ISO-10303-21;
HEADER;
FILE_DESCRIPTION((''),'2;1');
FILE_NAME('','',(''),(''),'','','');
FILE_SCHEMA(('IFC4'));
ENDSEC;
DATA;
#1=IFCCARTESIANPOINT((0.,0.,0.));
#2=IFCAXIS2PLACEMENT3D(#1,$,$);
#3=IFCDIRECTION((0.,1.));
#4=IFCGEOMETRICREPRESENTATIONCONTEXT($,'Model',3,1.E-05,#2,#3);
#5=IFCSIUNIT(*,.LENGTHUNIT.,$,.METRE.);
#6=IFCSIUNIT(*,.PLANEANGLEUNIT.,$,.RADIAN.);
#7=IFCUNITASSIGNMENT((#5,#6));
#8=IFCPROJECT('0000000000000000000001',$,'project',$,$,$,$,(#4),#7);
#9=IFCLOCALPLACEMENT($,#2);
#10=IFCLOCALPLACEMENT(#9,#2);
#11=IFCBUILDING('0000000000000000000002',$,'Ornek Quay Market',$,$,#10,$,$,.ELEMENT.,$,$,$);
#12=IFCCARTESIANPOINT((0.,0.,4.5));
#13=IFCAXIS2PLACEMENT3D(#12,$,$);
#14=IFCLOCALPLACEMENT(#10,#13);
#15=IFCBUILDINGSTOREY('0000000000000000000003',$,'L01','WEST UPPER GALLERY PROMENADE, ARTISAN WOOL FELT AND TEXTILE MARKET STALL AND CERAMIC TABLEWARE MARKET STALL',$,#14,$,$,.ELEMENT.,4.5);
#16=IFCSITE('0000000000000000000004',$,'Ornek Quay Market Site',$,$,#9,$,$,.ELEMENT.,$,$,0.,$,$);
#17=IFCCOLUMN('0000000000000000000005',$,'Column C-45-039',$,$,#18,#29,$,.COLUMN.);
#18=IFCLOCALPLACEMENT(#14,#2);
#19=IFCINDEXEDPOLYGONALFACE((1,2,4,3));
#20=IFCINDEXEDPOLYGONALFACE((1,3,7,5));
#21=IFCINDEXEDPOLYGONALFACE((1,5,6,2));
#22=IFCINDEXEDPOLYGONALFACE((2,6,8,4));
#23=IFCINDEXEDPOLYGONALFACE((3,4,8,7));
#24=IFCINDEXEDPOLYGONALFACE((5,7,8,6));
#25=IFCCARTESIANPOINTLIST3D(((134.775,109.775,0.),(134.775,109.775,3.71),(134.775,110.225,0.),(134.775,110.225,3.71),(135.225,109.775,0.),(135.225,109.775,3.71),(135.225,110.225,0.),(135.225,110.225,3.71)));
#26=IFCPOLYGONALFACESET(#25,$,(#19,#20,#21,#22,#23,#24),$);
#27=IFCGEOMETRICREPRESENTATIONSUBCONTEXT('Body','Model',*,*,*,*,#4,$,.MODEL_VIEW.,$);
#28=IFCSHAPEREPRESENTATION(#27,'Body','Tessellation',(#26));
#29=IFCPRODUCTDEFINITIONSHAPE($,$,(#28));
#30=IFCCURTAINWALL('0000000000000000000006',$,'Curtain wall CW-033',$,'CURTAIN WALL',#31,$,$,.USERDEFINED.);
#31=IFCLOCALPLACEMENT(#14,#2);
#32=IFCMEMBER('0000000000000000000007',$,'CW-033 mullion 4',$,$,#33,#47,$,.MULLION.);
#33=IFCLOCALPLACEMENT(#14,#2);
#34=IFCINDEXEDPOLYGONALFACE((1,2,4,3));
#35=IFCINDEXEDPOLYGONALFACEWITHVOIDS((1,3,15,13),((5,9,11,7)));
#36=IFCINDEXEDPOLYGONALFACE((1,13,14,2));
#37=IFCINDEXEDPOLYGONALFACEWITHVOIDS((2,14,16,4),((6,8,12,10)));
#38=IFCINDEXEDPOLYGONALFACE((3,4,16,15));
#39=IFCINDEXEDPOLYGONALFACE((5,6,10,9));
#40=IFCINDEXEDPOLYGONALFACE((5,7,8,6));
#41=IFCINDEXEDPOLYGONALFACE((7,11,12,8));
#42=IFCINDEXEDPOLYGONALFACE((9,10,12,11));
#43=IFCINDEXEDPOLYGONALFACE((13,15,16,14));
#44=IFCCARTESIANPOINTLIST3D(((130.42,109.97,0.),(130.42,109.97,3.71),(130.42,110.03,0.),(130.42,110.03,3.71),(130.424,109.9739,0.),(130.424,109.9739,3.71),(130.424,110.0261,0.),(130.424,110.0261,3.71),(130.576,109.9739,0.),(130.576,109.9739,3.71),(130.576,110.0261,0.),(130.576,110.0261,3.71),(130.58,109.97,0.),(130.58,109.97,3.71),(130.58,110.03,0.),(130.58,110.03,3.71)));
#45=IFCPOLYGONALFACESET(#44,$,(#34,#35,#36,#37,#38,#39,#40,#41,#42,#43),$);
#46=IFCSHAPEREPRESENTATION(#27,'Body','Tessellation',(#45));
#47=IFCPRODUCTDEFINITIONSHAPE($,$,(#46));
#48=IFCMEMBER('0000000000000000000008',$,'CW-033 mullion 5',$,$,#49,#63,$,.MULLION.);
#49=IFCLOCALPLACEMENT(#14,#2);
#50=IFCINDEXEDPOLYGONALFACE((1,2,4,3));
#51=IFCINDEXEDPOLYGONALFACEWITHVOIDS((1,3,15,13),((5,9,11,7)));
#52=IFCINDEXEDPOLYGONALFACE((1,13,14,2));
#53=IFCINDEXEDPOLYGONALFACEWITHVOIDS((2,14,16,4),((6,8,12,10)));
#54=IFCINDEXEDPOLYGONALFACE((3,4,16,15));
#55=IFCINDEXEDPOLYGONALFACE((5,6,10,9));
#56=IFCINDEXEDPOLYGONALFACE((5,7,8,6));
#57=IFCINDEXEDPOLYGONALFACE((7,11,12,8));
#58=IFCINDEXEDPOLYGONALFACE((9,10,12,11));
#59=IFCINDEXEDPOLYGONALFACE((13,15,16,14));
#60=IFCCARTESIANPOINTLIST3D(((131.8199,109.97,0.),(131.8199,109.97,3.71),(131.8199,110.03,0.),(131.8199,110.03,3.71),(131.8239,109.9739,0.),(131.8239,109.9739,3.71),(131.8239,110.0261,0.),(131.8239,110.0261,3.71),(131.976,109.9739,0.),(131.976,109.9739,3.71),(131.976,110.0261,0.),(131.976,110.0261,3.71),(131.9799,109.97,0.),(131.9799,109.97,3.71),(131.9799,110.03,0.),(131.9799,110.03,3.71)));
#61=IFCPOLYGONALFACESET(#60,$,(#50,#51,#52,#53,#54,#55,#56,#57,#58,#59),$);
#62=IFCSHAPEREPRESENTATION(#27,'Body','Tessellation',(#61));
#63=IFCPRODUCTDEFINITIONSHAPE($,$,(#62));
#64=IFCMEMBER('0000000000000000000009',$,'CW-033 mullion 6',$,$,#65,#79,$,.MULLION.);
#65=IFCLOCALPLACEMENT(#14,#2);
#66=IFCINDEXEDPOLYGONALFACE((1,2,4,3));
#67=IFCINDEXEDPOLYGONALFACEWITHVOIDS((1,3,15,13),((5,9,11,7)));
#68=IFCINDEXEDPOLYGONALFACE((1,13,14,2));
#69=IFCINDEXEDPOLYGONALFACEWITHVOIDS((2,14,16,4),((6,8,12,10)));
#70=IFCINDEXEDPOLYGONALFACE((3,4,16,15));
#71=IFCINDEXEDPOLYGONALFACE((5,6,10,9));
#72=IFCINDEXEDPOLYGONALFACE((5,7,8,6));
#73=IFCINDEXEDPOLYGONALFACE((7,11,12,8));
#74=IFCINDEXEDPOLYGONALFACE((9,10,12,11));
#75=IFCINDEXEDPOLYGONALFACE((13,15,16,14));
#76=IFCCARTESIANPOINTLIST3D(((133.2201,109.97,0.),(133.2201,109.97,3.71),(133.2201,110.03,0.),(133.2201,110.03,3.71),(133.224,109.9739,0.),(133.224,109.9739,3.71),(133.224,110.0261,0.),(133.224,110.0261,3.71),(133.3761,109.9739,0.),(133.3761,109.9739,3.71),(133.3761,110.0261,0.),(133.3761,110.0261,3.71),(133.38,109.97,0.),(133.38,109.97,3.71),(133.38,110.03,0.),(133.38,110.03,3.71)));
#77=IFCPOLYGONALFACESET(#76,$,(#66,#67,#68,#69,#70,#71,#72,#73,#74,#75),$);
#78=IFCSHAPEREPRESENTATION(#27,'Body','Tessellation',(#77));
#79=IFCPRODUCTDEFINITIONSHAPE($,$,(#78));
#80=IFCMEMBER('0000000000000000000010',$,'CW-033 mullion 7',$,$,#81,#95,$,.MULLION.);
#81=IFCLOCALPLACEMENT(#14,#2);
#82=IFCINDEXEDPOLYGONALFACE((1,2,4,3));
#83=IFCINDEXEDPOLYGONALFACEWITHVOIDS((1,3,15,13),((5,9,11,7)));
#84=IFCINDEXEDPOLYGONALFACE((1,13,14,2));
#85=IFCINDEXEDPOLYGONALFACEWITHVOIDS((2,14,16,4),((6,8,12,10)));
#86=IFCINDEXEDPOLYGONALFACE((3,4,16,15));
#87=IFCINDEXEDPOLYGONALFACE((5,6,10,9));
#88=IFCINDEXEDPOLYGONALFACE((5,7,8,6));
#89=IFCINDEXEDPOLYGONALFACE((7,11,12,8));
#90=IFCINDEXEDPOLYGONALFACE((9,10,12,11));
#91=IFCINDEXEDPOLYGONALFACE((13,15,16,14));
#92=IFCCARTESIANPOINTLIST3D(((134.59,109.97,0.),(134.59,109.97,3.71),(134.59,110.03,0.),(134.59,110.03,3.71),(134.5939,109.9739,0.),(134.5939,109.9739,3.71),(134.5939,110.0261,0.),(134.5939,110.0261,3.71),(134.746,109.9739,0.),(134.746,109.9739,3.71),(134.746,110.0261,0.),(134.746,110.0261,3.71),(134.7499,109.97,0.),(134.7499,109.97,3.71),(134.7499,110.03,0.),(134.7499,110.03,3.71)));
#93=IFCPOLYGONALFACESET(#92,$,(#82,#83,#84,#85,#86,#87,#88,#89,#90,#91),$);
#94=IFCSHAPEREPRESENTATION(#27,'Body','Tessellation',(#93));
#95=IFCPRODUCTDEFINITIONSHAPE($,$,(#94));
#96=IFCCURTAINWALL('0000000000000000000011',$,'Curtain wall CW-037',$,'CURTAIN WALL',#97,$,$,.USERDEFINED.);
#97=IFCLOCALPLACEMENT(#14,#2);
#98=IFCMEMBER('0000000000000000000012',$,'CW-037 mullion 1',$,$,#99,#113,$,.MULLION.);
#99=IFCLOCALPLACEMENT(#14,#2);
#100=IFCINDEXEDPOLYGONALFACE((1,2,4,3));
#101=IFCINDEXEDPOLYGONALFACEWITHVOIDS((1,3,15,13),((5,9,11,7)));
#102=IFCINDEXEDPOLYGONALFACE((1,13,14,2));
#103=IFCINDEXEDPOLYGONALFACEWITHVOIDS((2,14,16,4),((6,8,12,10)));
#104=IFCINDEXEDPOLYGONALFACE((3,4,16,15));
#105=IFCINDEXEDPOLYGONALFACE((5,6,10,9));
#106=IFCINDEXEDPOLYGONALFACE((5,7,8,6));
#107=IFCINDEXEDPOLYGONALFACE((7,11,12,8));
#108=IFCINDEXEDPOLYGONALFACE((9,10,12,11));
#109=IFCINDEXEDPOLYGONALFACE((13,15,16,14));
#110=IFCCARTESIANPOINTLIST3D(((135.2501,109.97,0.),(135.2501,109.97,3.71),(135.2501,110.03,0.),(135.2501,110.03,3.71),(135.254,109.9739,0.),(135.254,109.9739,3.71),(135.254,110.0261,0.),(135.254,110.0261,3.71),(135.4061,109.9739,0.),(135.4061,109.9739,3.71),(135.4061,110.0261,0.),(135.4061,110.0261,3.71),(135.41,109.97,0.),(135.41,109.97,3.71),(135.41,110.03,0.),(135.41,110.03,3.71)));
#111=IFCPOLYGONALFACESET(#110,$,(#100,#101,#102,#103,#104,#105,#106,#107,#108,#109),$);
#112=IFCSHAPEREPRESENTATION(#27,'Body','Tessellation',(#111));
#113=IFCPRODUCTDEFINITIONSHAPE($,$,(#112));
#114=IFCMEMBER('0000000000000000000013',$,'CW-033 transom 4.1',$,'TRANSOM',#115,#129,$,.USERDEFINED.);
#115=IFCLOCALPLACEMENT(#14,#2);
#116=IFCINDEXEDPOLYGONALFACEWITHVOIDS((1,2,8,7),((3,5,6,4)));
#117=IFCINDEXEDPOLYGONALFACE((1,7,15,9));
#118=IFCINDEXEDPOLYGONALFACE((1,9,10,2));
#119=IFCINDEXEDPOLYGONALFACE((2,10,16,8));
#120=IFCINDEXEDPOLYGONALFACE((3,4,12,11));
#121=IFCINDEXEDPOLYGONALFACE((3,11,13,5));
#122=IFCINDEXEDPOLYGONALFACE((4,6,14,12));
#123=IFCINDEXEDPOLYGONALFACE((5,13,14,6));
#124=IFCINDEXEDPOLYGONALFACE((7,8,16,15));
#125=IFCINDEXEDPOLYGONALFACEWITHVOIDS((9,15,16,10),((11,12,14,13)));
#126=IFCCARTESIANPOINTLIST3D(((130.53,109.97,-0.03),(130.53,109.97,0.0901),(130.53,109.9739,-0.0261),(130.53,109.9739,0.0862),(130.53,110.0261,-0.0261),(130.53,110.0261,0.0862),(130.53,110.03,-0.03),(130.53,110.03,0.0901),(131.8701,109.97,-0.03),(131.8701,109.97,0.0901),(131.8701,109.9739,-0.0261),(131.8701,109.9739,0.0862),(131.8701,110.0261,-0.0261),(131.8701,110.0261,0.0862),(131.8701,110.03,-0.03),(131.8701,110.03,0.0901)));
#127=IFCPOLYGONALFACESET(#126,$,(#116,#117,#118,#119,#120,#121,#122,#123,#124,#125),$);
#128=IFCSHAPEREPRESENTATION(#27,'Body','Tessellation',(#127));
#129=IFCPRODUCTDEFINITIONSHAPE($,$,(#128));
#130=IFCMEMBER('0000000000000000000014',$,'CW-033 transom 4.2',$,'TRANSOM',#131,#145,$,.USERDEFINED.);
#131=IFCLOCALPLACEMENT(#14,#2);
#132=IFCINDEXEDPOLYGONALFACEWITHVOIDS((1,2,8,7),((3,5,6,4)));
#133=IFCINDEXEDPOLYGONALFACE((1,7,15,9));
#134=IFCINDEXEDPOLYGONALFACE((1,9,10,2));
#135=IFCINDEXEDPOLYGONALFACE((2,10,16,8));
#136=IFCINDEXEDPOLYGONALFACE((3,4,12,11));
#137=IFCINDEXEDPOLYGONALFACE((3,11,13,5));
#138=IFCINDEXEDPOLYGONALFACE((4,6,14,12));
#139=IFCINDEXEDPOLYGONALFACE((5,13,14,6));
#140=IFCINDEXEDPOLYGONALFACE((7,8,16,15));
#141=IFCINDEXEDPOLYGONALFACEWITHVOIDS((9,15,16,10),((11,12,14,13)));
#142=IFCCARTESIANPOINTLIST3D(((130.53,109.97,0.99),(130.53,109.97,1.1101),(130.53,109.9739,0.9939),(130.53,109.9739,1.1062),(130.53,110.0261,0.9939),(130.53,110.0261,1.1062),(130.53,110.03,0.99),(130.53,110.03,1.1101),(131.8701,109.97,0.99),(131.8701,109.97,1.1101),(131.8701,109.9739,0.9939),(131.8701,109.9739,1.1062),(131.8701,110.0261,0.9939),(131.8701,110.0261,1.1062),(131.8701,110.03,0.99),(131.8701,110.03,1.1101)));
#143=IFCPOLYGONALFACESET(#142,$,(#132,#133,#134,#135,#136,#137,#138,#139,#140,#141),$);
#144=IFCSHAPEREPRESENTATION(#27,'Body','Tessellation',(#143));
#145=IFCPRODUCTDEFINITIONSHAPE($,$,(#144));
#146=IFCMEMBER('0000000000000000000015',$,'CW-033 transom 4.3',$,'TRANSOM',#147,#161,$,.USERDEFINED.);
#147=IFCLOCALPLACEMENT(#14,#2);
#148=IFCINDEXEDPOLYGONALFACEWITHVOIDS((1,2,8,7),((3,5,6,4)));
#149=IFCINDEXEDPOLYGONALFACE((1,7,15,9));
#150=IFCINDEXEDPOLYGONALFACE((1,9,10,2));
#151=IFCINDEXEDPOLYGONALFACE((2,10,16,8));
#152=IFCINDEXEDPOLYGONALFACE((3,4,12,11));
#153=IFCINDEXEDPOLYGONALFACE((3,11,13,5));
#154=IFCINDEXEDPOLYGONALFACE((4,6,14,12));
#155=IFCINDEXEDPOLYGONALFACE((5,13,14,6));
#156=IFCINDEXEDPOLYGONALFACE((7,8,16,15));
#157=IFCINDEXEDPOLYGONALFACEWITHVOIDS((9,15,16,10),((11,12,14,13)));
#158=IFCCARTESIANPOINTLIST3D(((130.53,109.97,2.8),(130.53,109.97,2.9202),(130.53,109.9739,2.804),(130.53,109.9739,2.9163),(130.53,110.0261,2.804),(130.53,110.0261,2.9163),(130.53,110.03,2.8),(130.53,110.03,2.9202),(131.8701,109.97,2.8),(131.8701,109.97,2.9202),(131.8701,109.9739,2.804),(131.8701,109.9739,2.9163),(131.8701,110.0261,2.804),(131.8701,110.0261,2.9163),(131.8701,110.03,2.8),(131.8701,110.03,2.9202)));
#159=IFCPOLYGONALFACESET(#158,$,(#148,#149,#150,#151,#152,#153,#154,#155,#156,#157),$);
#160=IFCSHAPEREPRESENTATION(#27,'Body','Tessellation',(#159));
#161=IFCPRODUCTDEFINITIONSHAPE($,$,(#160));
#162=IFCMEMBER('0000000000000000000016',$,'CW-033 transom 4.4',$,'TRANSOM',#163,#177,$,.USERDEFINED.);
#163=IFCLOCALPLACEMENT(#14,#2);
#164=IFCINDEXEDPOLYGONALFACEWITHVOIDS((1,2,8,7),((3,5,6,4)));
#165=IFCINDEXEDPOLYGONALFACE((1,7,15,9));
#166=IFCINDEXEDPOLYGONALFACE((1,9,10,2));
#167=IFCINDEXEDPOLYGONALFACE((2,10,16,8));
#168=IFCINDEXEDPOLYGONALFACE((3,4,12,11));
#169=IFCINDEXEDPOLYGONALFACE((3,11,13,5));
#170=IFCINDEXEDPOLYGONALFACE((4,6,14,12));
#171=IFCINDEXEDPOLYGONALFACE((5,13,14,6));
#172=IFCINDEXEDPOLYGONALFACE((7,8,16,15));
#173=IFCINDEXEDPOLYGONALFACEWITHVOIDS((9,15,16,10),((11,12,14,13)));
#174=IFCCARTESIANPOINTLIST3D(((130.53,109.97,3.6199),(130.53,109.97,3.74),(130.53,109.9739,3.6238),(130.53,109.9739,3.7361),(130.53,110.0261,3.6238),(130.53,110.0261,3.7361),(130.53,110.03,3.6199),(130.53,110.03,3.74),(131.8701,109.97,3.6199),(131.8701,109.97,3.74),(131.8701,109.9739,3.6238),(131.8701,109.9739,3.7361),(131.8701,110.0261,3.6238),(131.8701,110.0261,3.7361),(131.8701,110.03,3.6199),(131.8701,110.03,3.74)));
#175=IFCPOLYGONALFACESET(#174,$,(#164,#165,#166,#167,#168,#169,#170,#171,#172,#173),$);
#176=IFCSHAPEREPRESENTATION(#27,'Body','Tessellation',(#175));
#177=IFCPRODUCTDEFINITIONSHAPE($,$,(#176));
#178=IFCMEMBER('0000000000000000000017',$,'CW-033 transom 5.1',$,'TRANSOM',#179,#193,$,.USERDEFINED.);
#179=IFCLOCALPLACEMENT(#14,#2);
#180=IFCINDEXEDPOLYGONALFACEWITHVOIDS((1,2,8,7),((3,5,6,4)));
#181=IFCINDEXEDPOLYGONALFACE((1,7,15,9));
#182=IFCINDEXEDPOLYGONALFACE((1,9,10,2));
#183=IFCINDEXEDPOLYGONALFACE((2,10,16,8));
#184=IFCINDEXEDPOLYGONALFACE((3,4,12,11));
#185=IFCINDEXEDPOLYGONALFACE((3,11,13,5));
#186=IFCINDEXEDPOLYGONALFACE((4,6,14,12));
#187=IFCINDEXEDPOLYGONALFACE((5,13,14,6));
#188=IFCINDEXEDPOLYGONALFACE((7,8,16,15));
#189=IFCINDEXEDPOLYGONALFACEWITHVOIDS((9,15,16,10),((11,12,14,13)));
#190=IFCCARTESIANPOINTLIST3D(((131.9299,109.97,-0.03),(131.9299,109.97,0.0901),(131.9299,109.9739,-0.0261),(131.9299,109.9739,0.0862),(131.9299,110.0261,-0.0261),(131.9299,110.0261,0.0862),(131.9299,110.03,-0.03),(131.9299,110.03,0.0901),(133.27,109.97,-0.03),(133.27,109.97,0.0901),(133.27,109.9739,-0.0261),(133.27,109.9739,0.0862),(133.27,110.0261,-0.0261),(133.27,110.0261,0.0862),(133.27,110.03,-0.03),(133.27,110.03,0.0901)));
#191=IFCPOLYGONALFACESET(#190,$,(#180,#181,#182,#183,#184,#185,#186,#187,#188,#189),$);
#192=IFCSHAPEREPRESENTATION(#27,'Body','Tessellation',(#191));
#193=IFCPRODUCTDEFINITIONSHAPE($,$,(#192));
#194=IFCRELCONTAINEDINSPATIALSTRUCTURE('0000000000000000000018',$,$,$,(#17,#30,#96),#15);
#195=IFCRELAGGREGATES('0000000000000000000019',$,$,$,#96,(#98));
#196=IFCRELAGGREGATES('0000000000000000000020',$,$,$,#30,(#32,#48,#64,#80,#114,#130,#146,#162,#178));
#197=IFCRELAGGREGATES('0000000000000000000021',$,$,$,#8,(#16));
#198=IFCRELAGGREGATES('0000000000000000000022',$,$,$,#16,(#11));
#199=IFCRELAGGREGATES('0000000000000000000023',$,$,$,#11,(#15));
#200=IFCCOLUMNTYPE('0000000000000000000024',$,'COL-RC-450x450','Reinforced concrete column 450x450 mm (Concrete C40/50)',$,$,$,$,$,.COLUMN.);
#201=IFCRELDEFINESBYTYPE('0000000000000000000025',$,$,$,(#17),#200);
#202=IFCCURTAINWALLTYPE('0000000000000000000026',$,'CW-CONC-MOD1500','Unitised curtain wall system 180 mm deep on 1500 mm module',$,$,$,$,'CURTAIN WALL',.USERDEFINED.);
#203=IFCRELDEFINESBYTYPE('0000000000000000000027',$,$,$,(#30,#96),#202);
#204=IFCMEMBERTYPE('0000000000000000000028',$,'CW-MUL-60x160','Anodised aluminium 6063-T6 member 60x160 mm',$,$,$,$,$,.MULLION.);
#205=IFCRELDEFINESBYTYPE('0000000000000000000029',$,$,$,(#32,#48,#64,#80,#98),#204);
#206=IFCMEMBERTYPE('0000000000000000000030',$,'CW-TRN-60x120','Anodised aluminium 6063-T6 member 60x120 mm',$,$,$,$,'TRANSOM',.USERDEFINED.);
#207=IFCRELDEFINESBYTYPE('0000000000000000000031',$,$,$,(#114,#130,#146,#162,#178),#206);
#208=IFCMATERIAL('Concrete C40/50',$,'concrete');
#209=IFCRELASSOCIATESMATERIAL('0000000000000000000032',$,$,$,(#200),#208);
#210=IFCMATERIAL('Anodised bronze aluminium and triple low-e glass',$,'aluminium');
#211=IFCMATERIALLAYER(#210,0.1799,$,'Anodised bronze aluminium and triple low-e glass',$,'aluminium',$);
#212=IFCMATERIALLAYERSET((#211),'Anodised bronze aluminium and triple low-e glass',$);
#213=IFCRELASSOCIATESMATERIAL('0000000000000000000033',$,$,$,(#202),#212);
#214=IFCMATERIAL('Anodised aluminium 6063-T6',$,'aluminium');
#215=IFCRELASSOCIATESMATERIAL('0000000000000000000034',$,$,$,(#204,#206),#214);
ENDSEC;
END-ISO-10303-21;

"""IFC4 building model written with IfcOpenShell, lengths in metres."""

from ifc_helpers import new_model, si_unit, direction, frame, origin, origin_2d, place, context, subcontext, project, spatial, rectangle, hollow_rectangle, extrude, material, layer, layer_set, material_profile, profile_set, type_object, element, aggregate, save


model = new_model("IFC4")

# Units and contexts
model_context = context("Model", 3, precision=1e-05, world=origin(), true_north=direction((0.0, 1.0)))
body_context = subcontext(model_context, "Body", "Model", "MODEL_VIEW")
ifc_project = project(units=[si_unit("LENGTHUNIT", "METRE"), si_unit("PLANEANGLEUNIT", "RADIAN")], contexts=[model_context])

# Site, building, storey
site_placement = place(None, origin())
site = spatial("IfcSite", under=ifc_project, at=site_placement, Name="Ornek Quay Market Site", CompositionType="ELEMENT", RefElevation=0.0)
building_placement = place(site_placement, origin())
building = spatial("IfcBuilding", under=site, at=building_placement, Name="Ornek Quay Market", CompositionType="ELEMENT")
storey_placement = place(building_placement, frame((0.0, 0.0, 4.5)))
storey = spatial("IfcBuildingStorey", under=building, at=storey_placement, Name="L01", Description="WEST UPPER GALLERY PROMENADE, ARTISAN WOOL FELT AND TEXTILE MARKET STALL AND CERAMIC TABLEWARE MARKET STALL", CompositionType="ELEMENT", Elevation=4.5)

# Column
ifc_material_1 = material(Name="Concrete C40/50", Category="concrete")
ifc_material_profile_1 = material_profile(ifc_material_1, rectangle(XDim=0.45, YDim=0.45, at=origin_2d()), Name="RC 450x450", Category="concrete")
ifc_profile_set_1 = profile_set([ifc_material_profile_1], Name="Concrete C40/50")
column_type = type_object("IfcColumnType", Name="COL-RC-450x450", Description="Reinforced concrete column 450x450 mm (Concrete C40/50)", PredefinedType="COLUMN", material=ifc_profile_set_1)
column_placement = place(storey_placement, frame((135.0, 110.0, 0.0), z_axis=(0.0, 0.0, 1.0), x_axis=(1.0, 0.0, 0.0)))
element("IfcColumn", 1, at=column_placement, inside=storey, type_object=column_type, Name="Column C-45-039", PredefinedType="COLUMN", context=body_context, shape_type="SweptSolid", body=[
    extrude(rectangle(XDim=0.45, YDim=0.45, at=origin_2d()), origin(), (0.0, 0.0, 1.0), 3.71),
])

# Curtain wall, members
ifc_material_2 = material(Name="Anodised bronze aluminium and triple low-e glass", Category="aluminium")
ifc_layer_1 = layer(ifc_material_2, 0.1799, Name="Anodised bronze aluminium and triple low-e glass", Category="aluminium")
ifc_layer_set_1 = layer_set([ifc_layer_1], Name="Anodised bronze aluminium and triple low-e glass")
curtain_wall_type = type_object("IfcCurtainWallType", Name="CW-CONC-MOD1500", Description="Unitised curtain wall system 180 mm deep on 1500 mm module", ElementType="CURTAIN WALL", PredefinedType="USERDEFINED", material=ifc_layer_set_1)
curtain_wall_1_placement = place(storey_placement, origin())
curtain_wall_1 = element("IfcCurtainWall", 2, at=curtain_wall_1_placement, inside=storey, type_object=curtain_wall_type, Name="Curtain wall CW-033", ObjectType="CURTAIN WALL", PredefinedType="USERDEFINED")
ifc_material_3 = material(Name="Anodised aluminium 6063-T6", Category="aluminium")
ifc_material_profile_2 = material_profile(ifc_material_3, hollow_rectangle(XDim=0.0601, YDim=0.1599, WallThickness=0.0039, at=origin_2d()), Name="CW-MUL-60x160", Category="aluminium")
ifc_profile_set_2 = profile_set([ifc_material_profile_2], Name="Anodised aluminium 6063-T6")
member_type_1 = type_object("IfcMemberType", Name="CW-MUL-60x160", Description="Anodised aluminium 6063-T6 member 60x160 mm", PredefinedType="MULLION", material=ifc_profile_set_2)
member_1_placement = place(storey_placement, frame((130.5, 110.0, 0.0), z_axis=(0.0, 0.0, 1.0), x_axis=(0.0, 1.0, 0.0)))
member_1 = element("IfcMember", 3, at=member_1_placement, type_object=member_type_1, Name="CW-033 mullion 4", PredefinedType="MULLION", context=body_context, shape_type="SweptSolid", body=[
    extrude(hollow_rectangle(XDim=0.0601, YDim=0.1599, WallThickness=0.0039, at=origin_2d()), origin(), (0.0, 0.0, 1.0), 3.71),
])
member_2_placement = place(storey_placement, frame((131.8999, 110.0, 0.0), z_axis=(0.0, 0.0, 1.0), x_axis=(0.0, 1.0, 0.0)))
member_2 = element("IfcMember", 4, at=member_2_placement, type_object=member_type_1, Name="CW-033 mullion 5", PredefinedType="MULLION", context=body_context, shape_type="SweptSolid", body=[
    extrude(hollow_rectangle(XDim=0.0601, YDim=0.1599, WallThickness=0.0039, at=origin_2d()), origin(), (0.0, 0.0, 1.0), 3.71),
])
member_3_placement = place(storey_placement, frame((133.3, 110.0, 0.0), z_axis=(0.0, 0.0, 1.0), x_axis=(0.0, 1.0, 0.0)))
member_3 = element("IfcMember", 5, at=member_3_placement, type_object=member_type_1, Name="CW-033 mullion 6", PredefinedType="MULLION", context=body_context, shape_type="SweptSolid", body=[
    extrude(hollow_rectangle(XDim=0.0601, YDim=0.1599, WallThickness=0.0039, at=origin_2d()), origin(), (0.0, 0.0, 1.0), 3.71),
])
member_4_placement = place(storey_placement, frame((134.6699, 110.0, 0.0), z_axis=(0.0, 0.0, 1.0), x_axis=(0.0, 1.0, 0.0)))
member_4 = element("IfcMember", 6, at=member_4_placement, type_object=member_type_1, Name="CW-033 mullion 7", PredefinedType="MULLION", context=body_context, shape_type="SweptSolid", body=[
    extrude(hollow_rectangle(XDim=0.0601, YDim=0.1599, WallThickness=0.0039, at=origin_2d()), origin(), (0.0, 0.0, 1.0), 3.71),
])

# Curtain wall, member
curtain_wall_2_placement = place(storey_placement, origin())
curtain_wall_2 = element("IfcCurtainWall", 7, at=curtain_wall_2_placement, inside=storey, type_object=curtain_wall_type, Name="Curtain wall CW-037", ObjectType="CURTAIN WALL", PredefinedType="USERDEFINED")
member_5_placement = place(storey_placement, frame((135.3301, 110.0, 0.0), z_axis=(0.0, 0.0, 1.0), x_axis=(0.0, 1.0, 0.0)))
member_5 = element("IfcMember", 8, at=member_5_placement, type_object=member_type_1, Name="CW-037 mullion 1", PredefinedType="MULLION", context=body_context, shape_type="SweptSolid", body=[
    extrude(hollow_rectangle(XDim=0.0601, YDim=0.1599, WallThickness=0.0039, at=origin_2d()), origin(), (0.0, 0.0, 1.0), 3.71),
])

# Members
ifc_material_profile_3 = material_profile(ifc_material_3, hollow_rectangle(XDim=0.0601, YDim=0.1201, WallThickness=0.0039, at=origin_2d()), Name="CW-TRN-60x120", Category="aluminium")
ifc_profile_set_3 = profile_set([ifc_material_profile_3], Name="Anodised aluminium 6063-T6")
member_type_2 = type_object("IfcMemberType", Name="CW-TRN-60x120", Description="Anodised aluminium 6063-T6 member 60x120 mm", ElementType="TRANSOM", PredefinedType="USERDEFINED", material=ifc_profile_set_3)
member_6_placement = place(storey_placement, frame((130.53, 110.0, 0.03), z_axis=(1.0, 0.0, 0.0), x_axis=(0.0, 1.0, 0.0)))
member_6 = element("IfcMember", 9, at=member_6_placement, type_object=member_type_2, Name="CW-033 transom 4.1", ObjectType="TRANSOM", PredefinedType="USERDEFINED", context=body_context, shape_type="SweptSolid", body=[
    extrude(hollow_rectangle(XDim=0.0601, YDim=0.1201, WallThickness=0.0039, at=origin_2d()), origin(), (0.0, 0.0, 1.0), 1.3401),
])
member_7_placement = place(storey_placement, frame((130.53, 110.0, 1.05), z_axis=(1.0, 0.0, 0.0), x_axis=(0.0, 1.0, 0.0)))
member_7 = element("IfcMember", 10, at=member_7_placement, type_object=member_type_2, Name="CW-033 transom 4.2", ObjectType="TRANSOM", PredefinedType="USERDEFINED", context=body_context, shape_type="SweptSolid", body=[
    extrude(hollow_rectangle(XDim=0.0601, YDim=0.1201, WallThickness=0.0039, at=origin_2d()), origin(), (0.0, 0.0, 1.0), 1.3401),
])
member_8_placement = place(storey_placement, frame((130.53, 110.0, 2.8601), z_axis=(1.0, 0.0, 0.0), x_axis=(0.0, 1.0, 0.0)))
member_8 = element("IfcMember", 11, at=member_8_placement, type_object=member_type_2, Name="CW-033 transom 4.3", ObjectType="TRANSOM", PredefinedType="USERDEFINED", context=body_context, shape_type="SweptSolid", body=[
    extrude(hollow_rectangle(XDim=0.0601, YDim=0.1201, WallThickness=0.0039, at=origin_2d()), origin(), (0.0, 0.0, 1.0), 1.3401),
])
member_9_placement = place(storey_placement, frame((130.53, 110.0, 3.6799), z_axis=(1.0, 0.0, 0.0), x_axis=(0.0, 1.0, 0.0)))
member_9 = element("IfcMember", 12, at=member_9_placement, type_object=member_type_2, Name="CW-033 transom 4.4", ObjectType="TRANSOM", PredefinedType="USERDEFINED", context=body_context, shape_type="SweptSolid", body=[
    extrude(hollow_rectangle(XDim=0.0601, YDim=0.1201, WallThickness=0.0039, at=origin_2d()), origin(), (0.0, 0.0, 1.0), 1.3401),
])
member_10_placement = place(storey_placement, frame((131.9299, 110.0, 0.03), z_axis=(1.0, 0.0, 0.0), x_axis=(0.0, 1.0, 0.0)))
member_10 = element("IfcMember", 13, at=member_10_placement, type_object=member_type_2, Name="CW-033 transom 5.1", ObjectType="TRANSOM", PredefinedType="USERDEFINED", context=body_context, shape_type="SweptSolid", body=[
    extrude(hollow_rectangle(XDim=0.0601, YDim=0.1201, WallThickness=0.0039, at=origin_2d()), origin(), (0.0, 0.0, 1.0), 1.3401),
])
aggregate(curtain_wall_2, [member_5])

aggregate(curtain_wall_1, [member_1, member_2, member_3, member_4, member_6, member_7, member_8, member_9, member_10])

save(model, "model.ifc")
